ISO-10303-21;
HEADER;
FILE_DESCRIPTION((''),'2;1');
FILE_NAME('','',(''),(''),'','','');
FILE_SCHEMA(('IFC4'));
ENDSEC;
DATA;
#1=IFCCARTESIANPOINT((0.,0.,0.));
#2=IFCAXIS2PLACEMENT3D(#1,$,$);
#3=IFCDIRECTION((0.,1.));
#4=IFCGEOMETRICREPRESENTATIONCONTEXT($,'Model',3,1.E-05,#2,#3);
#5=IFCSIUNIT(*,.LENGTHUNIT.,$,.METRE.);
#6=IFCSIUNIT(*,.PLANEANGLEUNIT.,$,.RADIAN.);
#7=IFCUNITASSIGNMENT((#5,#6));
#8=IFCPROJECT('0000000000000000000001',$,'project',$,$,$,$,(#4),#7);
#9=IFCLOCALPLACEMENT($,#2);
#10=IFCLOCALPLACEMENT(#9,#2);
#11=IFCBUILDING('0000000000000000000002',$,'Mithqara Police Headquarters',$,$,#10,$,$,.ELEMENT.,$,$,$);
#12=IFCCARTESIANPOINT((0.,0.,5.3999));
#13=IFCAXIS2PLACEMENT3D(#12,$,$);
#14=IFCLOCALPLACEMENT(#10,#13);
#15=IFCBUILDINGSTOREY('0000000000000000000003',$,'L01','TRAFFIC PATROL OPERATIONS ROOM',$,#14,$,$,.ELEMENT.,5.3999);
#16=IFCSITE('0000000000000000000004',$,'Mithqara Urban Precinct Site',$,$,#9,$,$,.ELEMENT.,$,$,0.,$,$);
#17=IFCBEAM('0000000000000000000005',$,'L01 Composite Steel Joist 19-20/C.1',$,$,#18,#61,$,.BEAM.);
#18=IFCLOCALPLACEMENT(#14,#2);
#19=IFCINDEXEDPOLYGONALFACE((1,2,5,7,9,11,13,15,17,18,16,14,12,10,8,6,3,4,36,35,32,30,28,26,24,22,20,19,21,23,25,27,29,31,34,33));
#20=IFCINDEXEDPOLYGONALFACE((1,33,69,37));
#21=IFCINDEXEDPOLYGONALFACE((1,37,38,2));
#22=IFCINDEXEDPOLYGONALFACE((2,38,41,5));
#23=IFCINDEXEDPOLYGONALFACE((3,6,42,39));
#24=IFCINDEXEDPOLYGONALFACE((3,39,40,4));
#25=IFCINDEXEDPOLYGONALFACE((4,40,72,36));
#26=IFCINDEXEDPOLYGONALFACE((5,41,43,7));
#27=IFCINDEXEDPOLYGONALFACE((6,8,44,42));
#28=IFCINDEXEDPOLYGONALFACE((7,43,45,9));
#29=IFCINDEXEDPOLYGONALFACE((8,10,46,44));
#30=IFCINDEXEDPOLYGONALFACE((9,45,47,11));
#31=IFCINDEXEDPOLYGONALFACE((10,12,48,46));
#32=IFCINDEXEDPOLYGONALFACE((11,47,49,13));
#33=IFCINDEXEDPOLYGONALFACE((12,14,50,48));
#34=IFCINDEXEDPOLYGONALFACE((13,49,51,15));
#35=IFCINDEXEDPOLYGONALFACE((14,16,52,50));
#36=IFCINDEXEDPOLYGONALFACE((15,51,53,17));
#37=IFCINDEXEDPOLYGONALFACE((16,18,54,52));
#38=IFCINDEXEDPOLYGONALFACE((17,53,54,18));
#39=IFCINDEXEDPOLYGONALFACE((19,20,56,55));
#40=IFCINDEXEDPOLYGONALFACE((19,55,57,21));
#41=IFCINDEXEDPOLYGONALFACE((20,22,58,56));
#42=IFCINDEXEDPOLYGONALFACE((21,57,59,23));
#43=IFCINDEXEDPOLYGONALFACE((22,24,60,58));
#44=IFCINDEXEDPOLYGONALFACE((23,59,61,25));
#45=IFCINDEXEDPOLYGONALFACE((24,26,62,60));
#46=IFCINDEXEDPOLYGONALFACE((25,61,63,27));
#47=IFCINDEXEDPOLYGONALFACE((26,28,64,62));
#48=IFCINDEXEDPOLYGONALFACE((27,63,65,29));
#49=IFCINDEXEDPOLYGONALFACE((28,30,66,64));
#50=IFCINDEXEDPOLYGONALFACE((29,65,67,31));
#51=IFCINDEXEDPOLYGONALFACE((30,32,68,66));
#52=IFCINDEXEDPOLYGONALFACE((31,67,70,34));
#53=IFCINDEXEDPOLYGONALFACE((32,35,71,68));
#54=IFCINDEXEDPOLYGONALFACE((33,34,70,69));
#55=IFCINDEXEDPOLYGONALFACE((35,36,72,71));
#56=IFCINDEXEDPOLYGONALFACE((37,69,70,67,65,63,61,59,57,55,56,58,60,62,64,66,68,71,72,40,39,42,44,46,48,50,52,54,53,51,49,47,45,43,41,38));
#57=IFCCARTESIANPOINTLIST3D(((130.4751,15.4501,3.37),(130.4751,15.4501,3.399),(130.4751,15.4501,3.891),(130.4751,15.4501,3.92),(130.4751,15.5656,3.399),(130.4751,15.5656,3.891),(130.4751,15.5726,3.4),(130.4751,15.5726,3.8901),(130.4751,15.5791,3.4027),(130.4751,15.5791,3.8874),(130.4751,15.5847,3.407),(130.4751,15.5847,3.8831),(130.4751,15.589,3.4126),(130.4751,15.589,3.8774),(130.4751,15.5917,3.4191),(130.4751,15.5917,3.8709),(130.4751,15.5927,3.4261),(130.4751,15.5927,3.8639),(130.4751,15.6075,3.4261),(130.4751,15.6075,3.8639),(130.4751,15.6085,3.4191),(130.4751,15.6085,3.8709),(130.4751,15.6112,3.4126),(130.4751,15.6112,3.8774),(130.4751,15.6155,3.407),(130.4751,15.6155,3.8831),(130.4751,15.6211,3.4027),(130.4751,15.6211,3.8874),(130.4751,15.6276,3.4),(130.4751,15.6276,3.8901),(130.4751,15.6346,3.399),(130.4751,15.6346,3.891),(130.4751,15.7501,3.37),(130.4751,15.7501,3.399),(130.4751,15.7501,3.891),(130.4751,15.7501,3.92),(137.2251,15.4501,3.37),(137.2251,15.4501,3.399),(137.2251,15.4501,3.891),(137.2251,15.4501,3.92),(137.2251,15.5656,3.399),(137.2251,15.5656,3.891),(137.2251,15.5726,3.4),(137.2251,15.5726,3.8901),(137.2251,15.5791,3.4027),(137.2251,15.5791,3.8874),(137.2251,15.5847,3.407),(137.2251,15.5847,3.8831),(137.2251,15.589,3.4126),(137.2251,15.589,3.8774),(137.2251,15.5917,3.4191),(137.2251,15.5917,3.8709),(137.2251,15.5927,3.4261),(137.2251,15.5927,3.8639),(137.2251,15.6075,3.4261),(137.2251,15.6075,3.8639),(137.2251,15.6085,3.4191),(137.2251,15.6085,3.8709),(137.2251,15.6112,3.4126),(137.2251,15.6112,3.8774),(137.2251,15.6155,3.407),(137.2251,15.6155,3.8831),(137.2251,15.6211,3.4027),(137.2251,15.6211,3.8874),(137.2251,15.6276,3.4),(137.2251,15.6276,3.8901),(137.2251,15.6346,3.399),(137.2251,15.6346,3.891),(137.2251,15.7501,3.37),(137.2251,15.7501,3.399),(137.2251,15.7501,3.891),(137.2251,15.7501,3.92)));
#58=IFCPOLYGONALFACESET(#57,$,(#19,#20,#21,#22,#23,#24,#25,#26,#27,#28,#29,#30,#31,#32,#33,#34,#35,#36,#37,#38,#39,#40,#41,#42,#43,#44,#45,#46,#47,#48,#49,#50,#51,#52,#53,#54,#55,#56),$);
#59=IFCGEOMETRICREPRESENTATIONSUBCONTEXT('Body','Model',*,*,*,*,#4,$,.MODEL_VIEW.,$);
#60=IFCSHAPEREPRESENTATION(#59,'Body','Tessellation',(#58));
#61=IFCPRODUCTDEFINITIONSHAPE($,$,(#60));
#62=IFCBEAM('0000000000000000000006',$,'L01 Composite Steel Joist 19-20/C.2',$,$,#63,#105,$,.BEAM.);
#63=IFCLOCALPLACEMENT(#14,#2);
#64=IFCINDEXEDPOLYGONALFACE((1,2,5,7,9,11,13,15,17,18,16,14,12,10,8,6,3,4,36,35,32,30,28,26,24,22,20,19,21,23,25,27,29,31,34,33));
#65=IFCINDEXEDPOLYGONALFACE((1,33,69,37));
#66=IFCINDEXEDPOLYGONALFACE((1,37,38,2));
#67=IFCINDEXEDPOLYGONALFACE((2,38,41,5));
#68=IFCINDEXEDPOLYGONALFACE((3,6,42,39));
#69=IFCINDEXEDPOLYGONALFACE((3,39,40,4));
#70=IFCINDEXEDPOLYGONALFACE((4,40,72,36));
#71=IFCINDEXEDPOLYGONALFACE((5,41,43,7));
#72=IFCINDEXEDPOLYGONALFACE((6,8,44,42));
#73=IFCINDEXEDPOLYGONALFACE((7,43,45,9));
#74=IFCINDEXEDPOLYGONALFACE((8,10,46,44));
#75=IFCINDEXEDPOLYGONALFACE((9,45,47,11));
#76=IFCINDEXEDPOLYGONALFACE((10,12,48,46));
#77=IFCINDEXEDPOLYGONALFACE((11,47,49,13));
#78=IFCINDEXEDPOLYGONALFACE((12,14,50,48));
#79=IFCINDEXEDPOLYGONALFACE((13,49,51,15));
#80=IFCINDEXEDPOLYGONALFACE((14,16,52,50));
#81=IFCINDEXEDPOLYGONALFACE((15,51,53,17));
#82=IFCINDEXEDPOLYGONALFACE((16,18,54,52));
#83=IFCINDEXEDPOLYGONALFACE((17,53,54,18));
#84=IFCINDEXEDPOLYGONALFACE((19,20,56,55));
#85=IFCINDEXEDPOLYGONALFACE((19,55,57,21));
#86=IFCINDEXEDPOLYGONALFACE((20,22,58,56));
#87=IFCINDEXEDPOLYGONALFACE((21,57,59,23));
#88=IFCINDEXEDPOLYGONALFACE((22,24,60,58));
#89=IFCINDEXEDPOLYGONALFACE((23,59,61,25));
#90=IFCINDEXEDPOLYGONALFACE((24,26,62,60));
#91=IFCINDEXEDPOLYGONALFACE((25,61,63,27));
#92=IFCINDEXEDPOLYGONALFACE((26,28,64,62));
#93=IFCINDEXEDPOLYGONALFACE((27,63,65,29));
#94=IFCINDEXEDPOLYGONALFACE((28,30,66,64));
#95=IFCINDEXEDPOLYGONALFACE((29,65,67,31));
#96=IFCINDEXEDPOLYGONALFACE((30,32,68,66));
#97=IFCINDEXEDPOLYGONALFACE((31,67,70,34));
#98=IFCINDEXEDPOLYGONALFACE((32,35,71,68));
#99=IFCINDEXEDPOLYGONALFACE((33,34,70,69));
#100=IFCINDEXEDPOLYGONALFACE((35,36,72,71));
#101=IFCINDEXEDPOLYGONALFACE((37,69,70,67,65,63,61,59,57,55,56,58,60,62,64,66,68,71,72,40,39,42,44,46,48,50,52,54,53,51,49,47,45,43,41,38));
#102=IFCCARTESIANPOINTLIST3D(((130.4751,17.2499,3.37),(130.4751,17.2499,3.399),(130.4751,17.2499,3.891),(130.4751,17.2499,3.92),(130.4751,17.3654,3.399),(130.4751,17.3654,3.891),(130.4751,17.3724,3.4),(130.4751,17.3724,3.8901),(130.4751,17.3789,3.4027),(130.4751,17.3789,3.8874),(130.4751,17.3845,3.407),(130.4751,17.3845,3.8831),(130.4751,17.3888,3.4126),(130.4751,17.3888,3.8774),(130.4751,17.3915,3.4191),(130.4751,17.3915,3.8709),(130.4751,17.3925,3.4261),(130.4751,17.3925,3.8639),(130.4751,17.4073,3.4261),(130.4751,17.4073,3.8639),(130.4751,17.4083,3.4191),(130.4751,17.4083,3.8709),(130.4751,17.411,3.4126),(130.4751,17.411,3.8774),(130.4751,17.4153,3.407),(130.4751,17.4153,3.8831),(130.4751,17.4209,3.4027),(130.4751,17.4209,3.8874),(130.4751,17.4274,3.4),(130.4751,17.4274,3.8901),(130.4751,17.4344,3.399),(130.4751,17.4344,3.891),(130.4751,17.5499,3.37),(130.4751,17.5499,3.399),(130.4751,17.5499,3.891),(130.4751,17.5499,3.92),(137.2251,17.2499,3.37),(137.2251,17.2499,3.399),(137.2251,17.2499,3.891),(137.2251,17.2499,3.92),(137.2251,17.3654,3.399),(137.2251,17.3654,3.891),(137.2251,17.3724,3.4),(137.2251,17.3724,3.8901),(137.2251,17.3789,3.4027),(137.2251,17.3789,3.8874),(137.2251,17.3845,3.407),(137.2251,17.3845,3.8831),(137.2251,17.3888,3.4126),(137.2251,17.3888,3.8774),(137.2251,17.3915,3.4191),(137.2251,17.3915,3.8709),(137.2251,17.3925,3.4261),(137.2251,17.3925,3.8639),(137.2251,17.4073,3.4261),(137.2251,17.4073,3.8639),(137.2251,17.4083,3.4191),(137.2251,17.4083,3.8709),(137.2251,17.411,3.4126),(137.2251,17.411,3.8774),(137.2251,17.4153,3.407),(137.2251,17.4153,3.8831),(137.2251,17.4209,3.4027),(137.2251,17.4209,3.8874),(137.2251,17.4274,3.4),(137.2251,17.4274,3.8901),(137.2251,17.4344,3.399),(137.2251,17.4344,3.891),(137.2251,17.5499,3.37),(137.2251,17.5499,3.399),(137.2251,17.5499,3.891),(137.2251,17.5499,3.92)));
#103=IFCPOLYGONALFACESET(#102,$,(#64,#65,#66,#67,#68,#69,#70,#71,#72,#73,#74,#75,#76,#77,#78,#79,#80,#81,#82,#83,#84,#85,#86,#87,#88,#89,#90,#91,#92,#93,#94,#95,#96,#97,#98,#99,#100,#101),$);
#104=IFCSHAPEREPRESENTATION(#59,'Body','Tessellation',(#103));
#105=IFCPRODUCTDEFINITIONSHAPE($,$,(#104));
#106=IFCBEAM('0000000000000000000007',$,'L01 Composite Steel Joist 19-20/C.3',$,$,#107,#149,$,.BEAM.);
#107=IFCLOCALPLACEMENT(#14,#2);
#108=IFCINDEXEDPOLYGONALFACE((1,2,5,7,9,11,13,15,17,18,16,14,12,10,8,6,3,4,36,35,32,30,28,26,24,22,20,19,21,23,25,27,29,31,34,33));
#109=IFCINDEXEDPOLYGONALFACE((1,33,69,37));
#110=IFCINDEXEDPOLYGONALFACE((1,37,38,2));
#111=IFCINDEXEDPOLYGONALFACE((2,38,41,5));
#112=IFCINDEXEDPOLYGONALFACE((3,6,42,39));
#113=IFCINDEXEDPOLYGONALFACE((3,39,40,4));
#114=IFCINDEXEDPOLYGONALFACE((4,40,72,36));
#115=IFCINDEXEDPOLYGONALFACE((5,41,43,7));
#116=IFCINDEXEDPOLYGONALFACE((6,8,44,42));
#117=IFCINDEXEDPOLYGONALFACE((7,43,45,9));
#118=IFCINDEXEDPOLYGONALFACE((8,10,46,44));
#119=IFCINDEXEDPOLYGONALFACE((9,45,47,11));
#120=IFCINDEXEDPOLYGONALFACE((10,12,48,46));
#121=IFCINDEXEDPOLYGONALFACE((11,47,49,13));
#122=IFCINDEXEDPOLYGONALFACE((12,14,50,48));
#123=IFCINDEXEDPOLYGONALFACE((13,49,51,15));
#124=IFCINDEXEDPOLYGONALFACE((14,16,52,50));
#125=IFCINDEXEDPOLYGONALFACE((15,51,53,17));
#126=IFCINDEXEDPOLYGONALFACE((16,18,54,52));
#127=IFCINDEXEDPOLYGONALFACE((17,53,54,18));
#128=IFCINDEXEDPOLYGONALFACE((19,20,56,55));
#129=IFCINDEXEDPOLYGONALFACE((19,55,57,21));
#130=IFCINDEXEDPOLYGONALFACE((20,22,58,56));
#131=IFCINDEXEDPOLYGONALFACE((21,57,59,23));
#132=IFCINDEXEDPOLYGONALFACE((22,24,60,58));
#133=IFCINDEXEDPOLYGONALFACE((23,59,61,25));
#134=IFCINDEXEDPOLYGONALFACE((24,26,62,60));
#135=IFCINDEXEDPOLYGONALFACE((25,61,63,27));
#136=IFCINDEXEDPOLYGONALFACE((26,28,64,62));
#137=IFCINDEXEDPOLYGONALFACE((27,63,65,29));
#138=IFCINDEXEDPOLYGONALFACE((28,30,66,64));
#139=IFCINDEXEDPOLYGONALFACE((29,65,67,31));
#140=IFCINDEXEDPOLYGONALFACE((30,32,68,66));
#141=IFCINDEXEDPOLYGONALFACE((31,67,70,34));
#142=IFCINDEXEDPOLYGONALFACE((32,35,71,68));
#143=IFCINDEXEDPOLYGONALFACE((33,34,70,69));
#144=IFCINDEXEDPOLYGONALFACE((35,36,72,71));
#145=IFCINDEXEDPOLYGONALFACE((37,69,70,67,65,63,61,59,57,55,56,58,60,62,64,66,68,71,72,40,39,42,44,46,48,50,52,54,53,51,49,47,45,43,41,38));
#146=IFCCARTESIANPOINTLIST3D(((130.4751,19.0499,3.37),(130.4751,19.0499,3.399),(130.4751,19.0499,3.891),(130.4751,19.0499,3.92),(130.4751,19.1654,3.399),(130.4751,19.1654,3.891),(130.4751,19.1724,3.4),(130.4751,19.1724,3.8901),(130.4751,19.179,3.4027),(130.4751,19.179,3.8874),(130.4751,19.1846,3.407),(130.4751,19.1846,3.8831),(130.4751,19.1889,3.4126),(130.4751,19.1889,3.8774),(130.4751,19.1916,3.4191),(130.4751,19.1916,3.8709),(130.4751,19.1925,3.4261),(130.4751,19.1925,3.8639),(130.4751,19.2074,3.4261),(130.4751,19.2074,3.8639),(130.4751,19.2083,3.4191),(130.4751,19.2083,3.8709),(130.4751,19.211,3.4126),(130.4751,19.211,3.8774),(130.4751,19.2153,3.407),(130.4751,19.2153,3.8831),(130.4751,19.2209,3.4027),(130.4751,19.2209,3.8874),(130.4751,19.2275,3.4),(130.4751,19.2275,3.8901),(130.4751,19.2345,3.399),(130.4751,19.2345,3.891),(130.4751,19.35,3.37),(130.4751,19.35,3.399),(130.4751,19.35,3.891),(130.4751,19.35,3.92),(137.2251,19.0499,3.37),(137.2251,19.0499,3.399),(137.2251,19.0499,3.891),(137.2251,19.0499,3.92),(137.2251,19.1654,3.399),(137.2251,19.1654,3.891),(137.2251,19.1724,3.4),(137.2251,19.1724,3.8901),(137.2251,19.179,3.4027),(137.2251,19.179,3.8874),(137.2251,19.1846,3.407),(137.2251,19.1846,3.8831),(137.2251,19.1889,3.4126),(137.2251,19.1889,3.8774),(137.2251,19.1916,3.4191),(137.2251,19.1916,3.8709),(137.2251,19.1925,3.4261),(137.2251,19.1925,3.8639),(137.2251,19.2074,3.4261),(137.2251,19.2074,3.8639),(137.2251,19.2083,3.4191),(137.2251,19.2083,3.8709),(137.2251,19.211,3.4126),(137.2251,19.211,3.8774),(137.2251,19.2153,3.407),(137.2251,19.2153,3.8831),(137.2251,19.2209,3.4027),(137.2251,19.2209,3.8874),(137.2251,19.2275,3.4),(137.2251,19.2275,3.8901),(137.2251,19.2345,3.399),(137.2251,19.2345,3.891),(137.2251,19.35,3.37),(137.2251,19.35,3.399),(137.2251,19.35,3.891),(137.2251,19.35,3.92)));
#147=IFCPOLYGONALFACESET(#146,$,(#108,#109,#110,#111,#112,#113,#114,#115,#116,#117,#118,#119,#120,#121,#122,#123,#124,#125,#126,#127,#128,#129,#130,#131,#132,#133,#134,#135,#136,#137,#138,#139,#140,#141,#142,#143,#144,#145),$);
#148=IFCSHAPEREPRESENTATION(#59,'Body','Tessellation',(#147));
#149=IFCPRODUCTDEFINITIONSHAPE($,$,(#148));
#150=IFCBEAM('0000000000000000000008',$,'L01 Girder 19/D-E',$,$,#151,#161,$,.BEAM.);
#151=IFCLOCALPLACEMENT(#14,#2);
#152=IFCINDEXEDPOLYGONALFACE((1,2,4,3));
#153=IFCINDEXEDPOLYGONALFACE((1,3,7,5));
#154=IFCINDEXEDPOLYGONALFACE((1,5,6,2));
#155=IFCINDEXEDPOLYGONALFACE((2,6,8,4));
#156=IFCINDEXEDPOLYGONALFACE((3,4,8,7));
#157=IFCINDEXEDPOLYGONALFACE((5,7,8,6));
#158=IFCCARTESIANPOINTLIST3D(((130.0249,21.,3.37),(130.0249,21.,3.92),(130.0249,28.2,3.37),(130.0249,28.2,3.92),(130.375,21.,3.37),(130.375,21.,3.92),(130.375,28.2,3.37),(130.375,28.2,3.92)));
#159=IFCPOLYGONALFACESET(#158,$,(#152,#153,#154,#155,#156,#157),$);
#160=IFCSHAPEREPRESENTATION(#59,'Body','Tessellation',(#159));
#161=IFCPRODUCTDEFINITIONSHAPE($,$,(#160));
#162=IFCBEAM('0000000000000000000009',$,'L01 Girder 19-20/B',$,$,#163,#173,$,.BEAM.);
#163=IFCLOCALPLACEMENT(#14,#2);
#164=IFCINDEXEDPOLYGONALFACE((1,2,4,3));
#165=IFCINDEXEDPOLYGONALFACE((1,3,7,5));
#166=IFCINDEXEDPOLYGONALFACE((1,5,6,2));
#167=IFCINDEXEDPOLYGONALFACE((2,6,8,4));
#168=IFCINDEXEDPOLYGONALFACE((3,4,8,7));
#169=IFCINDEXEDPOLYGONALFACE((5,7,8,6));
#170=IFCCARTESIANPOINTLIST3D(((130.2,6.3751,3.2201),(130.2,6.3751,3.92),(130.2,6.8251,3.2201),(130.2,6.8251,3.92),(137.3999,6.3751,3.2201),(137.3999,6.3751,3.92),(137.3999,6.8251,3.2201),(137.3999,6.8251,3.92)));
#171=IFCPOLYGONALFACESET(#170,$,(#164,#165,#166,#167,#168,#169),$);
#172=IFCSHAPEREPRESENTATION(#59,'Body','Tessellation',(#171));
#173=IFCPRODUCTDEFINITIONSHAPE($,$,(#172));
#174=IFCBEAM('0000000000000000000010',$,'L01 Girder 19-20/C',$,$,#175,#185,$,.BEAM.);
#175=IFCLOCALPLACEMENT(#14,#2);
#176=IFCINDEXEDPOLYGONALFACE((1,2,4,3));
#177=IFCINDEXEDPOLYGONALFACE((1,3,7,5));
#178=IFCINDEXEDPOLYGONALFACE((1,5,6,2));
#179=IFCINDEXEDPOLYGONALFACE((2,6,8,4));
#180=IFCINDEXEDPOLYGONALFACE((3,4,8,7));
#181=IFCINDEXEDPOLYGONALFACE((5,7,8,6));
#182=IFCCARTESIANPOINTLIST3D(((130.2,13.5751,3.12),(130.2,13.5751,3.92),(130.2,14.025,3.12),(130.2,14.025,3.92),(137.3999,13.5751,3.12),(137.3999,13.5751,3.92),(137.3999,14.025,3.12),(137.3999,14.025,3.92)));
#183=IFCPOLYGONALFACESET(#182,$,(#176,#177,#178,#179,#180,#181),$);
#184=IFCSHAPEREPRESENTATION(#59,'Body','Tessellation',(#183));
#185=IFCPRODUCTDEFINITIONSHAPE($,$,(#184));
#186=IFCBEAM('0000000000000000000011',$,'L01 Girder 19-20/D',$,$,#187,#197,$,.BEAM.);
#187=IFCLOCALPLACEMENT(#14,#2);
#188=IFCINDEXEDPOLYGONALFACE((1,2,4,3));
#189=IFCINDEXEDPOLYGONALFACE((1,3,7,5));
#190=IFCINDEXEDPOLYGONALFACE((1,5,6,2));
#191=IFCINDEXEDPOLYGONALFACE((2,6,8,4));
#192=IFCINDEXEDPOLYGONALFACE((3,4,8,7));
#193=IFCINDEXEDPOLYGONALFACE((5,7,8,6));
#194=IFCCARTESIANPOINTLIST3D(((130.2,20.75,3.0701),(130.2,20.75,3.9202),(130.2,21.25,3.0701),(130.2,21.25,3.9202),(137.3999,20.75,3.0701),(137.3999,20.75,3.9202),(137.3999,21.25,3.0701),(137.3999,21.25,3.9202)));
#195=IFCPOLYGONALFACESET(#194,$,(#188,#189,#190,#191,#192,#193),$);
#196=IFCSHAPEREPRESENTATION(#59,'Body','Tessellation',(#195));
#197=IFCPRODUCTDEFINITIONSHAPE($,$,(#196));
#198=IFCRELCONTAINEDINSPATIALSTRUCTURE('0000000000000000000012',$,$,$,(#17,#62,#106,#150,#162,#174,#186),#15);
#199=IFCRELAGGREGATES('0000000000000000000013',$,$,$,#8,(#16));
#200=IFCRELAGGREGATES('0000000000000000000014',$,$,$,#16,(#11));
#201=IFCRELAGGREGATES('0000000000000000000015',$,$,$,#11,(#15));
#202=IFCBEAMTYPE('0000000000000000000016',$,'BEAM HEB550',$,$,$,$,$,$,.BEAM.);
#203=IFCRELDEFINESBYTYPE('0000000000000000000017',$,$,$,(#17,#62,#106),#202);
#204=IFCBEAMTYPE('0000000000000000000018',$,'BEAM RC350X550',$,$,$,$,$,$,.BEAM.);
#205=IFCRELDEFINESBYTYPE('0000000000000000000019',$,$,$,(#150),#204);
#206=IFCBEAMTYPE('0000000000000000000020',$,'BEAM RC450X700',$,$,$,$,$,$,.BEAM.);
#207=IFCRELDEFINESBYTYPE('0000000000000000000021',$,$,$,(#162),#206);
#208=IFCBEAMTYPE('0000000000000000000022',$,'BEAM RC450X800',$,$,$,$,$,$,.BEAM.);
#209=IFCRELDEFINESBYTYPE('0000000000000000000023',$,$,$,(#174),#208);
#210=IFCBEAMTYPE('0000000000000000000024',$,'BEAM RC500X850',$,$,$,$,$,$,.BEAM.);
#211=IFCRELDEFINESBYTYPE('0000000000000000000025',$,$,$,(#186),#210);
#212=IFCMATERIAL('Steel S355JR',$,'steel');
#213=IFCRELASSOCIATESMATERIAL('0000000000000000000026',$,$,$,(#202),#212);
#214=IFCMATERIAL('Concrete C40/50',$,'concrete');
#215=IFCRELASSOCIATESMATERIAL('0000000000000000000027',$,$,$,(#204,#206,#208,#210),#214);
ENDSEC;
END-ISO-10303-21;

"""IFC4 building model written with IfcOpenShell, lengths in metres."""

from ifc_helpers import new_model, si_unit, direction, frame, origin, origin_2d, place, context, subcontext, project, spatial, rectangle, i_section, extrude, material, material_profile, profile_set, type_object, element, save


model = new_model("IFC4")

# Units and contexts
model_context = context("Model", 3, precision=1e-05, world=origin(), true_north=direction((0.0, 1.0)))
body_context = subcontext(model_context, "Body", "Model", "MODEL_VIEW")
ifc_project = project(units=[si_unit("LENGTHUNIT", "METRE"), si_unit("PLANEANGLEUNIT", "RADIAN")], contexts=[model_context])

# Site, building, storey
site_placement = place(None, origin())
site = spatial("IfcSite", under=ifc_project, at=site_placement, Name="Mithqara Urban Precinct Site", CompositionType="ELEMENT", RefElevation=0.0)
building_placement = place(site_placement, origin())
building = spatial("IfcBuilding", under=site, at=building_placement, Name="Mithqara Police Headquarters", CompositionType="ELEMENT")
storey_placement = place(building_placement, frame((0.0, 0.0, 5.3999)))
storey = spatial("IfcBuildingStorey", under=building, at=storey_placement, Name="L01", Description="TRAFFIC PATROL OPERATIONS ROOM", CompositionType="ELEMENT", Elevation=5.3999)

# Beams
ifc_material_1 = material(Name="Steel S355JR", Category="steel")
ifc_material_profile_1 = material_profile(ifc_material_1, i_section(OverallWidth=0.3, OverallDepth=0.55, WebThickness=0.0149, FlangeThickness=0.0291, FilletRadius=0.0271, at=origin_2d()), Name="HEB 550")
ifc_profile_set_1 = profile_set([ifc_material_profile_1], Name="Steel S355JR")
beam_type_1 = type_object("IfcBeamType", Name="BEAM HEB550", PredefinedType="BEAM", material=ifc_profile_set_1)
for number, where, z_axis, x_axis, name in (
    (1, (130.4751, 15.6001, 3.645), (1.0, 0.0, 0.0), (0.0, 1.0, 0.0), "L01 Composite Steel Joist 19-20/C.1"),
    (2, (130.4751, 17.3999, 3.645), (1.0, 0.0, 0.0), (0.0, 1.0, 0.0), "L01 Composite Steel Joist 19-20/C.2"),
    (3, (130.4751, 19.2, 3.645), (1.0, 0.0, 0.0), (0.0, 1.0, 0.0), "L01 Composite Steel Joist 19-20/C.3"),
):
    element("IfcBeam", number, at=place(storey_placement, frame(where, z_axis=z_axis, x_axis=x_axis)), inside=storey, type_object=beam_type_1, Name=name, PredefinedType="BEAM", context=body_context, shape_type="SweptSolid", body=[
        extrude(i_section(OverallWidth=0.3, OverallDepth=0.55, WebThickness=0.0149, FlangeThickness=0.0291, FilletRadius=0.0271, at=origin_2d()), origin(), (0.0, 0.0, 1.0), 6.75),
    ])
ifc_material_2 = material(Name="Concrete C40/50", Category="concrete")
ifc_material_profile_2 = material_profile(ifc_material_2, rectangle(XDim=0.3501, YDim=0.55, at=origin_2d()), Name="RC 350x550")
ifc_profile_set_2 = profile_set([ifc_material_profile_2], Name="Concrete C40/50")
beam_type_2 = type_object("IfcBeamType", Name="BEAM RC350X550", PredefinedType="BEAM", material=ifc_profile_set_2)
beam_1_placement = place(storey_placement, frame((130.2, 21.0, 3.645), z_axis=(0.0, 1.0, 0.0), x_axis=(-1.0, 0.0, 0.0)))
element("IfcBeam", 4, at=beam_1_placement, inside=storey, type_object=beam_type_2, Name="L01 Girder 19/D-E", PredefinedType="BEAM", context=body_context, shape_type="SweptSolid", body=[
    extrude(rectangle(XDim=0.3501, YDim=0.55, at=origin_2d()), origin(), (0.0, 0.0, 1.0), 7.2),
])
ifc_material_profile_3 = material_profile(ifc_material_2, rectangle(XDim=0.45, YDim=0.7, at=origin_2d()), Name="RC 450x700")
ifc_profile_set_3 = profile_set([ifc_material_profile_3], Name="Concrete C40/50")
beam_type_3 = type_object("IfcBeamType", Name="BEAM RC450X700", PredefinedType="BEAM", material=ifc_profile_set_3)
beam_2_placement = place(storey_placement, frame((130.2, 6.6001, 3.5701), z_axis=(1.0, 0.0, 0.0), x_axis=(0.0, 1.0, 0.0)))
element("IfcBeam", 5, at=beam_2_placement, inside=storey, type_object=beam_type_3, Name="L01 Girder 19-20/B", PredefinedType="BEAM", context=body_context, shape_type="SweptSolid", body=[
    extrude(rectangle(XDim=0.45, YDim=0.7, at=origin_2d()), origin(), (0.0, 0.0, 1.0), 7.2),
])
ifc_material_profile_4 = material_profile(ifc_material_2, rectangle(XDim=0.45, YDim=0.8, at=origin_2d()), Name="RC 450x800")
ifc_profile_set_4 = profile_set([ifc_material_profile_4], Name="Concrete C40/50")
beam_type_4 = type_object("IfcBeamType", Name="BEAM RC450X800", PredefinedType="BEAM", material=ifc_profile_set_4)
beam_3_placement = place(storey_placement, frame((130.2, 13.8, 3.52), z_axis=(1.0, 0.0, 0.0), x_axis=(0.0, 1.0, 0.0)))
element("IfcBeam", 6, at=beam_3_placement, inside=storey, type_object=beam_type_4, Name="L01 Girder 19-20/C", PredefinedType="BEAM", context=body_context, shape_type="SweptSolid", body=[
    extrude(rectangle(XDim=0.45, YDim=0.8, at=origin_2d()), origin(), (0.0, 0.0, 1.0), 7.2),
])
ifc_material_profile_5 = material_profile(ifc_material_2, rectangle(XDim=0.5, YDim=0.8501, at=origin_2d()), Name="RC 500x850")
ifc_profile_set_5 = profile_set([ifc_material_profile_5], Name="Concrete C40/50")
beam_type_5 = type_object("IfcBeamType", Name="BEAM RC500X850", PredefinedType="BEAM", material=ifc_profile_set_5)
beam_4_placement = place(storey_placement, frame((130.2, 21.0, 3.4951), z_axis=(1.0, 0.0, 0.0), x_axis=(0.0, 1.0, 0.0)))
element("IfcBeam", 7, at=beam_4_placement, inside=storey, type_object=beam_type_5, Name="L01 Girder 19-20/D", PredefinedType="BEAM", context=body_context, shape_type="SweptSolid", body=[
    extrude(rectangle(XDim=0.5, YDim=0.8501, at=origin_2d()), origin(), (0.0, 0.0, 1.0), 7.2),
])

save(model, "model.ifc")
